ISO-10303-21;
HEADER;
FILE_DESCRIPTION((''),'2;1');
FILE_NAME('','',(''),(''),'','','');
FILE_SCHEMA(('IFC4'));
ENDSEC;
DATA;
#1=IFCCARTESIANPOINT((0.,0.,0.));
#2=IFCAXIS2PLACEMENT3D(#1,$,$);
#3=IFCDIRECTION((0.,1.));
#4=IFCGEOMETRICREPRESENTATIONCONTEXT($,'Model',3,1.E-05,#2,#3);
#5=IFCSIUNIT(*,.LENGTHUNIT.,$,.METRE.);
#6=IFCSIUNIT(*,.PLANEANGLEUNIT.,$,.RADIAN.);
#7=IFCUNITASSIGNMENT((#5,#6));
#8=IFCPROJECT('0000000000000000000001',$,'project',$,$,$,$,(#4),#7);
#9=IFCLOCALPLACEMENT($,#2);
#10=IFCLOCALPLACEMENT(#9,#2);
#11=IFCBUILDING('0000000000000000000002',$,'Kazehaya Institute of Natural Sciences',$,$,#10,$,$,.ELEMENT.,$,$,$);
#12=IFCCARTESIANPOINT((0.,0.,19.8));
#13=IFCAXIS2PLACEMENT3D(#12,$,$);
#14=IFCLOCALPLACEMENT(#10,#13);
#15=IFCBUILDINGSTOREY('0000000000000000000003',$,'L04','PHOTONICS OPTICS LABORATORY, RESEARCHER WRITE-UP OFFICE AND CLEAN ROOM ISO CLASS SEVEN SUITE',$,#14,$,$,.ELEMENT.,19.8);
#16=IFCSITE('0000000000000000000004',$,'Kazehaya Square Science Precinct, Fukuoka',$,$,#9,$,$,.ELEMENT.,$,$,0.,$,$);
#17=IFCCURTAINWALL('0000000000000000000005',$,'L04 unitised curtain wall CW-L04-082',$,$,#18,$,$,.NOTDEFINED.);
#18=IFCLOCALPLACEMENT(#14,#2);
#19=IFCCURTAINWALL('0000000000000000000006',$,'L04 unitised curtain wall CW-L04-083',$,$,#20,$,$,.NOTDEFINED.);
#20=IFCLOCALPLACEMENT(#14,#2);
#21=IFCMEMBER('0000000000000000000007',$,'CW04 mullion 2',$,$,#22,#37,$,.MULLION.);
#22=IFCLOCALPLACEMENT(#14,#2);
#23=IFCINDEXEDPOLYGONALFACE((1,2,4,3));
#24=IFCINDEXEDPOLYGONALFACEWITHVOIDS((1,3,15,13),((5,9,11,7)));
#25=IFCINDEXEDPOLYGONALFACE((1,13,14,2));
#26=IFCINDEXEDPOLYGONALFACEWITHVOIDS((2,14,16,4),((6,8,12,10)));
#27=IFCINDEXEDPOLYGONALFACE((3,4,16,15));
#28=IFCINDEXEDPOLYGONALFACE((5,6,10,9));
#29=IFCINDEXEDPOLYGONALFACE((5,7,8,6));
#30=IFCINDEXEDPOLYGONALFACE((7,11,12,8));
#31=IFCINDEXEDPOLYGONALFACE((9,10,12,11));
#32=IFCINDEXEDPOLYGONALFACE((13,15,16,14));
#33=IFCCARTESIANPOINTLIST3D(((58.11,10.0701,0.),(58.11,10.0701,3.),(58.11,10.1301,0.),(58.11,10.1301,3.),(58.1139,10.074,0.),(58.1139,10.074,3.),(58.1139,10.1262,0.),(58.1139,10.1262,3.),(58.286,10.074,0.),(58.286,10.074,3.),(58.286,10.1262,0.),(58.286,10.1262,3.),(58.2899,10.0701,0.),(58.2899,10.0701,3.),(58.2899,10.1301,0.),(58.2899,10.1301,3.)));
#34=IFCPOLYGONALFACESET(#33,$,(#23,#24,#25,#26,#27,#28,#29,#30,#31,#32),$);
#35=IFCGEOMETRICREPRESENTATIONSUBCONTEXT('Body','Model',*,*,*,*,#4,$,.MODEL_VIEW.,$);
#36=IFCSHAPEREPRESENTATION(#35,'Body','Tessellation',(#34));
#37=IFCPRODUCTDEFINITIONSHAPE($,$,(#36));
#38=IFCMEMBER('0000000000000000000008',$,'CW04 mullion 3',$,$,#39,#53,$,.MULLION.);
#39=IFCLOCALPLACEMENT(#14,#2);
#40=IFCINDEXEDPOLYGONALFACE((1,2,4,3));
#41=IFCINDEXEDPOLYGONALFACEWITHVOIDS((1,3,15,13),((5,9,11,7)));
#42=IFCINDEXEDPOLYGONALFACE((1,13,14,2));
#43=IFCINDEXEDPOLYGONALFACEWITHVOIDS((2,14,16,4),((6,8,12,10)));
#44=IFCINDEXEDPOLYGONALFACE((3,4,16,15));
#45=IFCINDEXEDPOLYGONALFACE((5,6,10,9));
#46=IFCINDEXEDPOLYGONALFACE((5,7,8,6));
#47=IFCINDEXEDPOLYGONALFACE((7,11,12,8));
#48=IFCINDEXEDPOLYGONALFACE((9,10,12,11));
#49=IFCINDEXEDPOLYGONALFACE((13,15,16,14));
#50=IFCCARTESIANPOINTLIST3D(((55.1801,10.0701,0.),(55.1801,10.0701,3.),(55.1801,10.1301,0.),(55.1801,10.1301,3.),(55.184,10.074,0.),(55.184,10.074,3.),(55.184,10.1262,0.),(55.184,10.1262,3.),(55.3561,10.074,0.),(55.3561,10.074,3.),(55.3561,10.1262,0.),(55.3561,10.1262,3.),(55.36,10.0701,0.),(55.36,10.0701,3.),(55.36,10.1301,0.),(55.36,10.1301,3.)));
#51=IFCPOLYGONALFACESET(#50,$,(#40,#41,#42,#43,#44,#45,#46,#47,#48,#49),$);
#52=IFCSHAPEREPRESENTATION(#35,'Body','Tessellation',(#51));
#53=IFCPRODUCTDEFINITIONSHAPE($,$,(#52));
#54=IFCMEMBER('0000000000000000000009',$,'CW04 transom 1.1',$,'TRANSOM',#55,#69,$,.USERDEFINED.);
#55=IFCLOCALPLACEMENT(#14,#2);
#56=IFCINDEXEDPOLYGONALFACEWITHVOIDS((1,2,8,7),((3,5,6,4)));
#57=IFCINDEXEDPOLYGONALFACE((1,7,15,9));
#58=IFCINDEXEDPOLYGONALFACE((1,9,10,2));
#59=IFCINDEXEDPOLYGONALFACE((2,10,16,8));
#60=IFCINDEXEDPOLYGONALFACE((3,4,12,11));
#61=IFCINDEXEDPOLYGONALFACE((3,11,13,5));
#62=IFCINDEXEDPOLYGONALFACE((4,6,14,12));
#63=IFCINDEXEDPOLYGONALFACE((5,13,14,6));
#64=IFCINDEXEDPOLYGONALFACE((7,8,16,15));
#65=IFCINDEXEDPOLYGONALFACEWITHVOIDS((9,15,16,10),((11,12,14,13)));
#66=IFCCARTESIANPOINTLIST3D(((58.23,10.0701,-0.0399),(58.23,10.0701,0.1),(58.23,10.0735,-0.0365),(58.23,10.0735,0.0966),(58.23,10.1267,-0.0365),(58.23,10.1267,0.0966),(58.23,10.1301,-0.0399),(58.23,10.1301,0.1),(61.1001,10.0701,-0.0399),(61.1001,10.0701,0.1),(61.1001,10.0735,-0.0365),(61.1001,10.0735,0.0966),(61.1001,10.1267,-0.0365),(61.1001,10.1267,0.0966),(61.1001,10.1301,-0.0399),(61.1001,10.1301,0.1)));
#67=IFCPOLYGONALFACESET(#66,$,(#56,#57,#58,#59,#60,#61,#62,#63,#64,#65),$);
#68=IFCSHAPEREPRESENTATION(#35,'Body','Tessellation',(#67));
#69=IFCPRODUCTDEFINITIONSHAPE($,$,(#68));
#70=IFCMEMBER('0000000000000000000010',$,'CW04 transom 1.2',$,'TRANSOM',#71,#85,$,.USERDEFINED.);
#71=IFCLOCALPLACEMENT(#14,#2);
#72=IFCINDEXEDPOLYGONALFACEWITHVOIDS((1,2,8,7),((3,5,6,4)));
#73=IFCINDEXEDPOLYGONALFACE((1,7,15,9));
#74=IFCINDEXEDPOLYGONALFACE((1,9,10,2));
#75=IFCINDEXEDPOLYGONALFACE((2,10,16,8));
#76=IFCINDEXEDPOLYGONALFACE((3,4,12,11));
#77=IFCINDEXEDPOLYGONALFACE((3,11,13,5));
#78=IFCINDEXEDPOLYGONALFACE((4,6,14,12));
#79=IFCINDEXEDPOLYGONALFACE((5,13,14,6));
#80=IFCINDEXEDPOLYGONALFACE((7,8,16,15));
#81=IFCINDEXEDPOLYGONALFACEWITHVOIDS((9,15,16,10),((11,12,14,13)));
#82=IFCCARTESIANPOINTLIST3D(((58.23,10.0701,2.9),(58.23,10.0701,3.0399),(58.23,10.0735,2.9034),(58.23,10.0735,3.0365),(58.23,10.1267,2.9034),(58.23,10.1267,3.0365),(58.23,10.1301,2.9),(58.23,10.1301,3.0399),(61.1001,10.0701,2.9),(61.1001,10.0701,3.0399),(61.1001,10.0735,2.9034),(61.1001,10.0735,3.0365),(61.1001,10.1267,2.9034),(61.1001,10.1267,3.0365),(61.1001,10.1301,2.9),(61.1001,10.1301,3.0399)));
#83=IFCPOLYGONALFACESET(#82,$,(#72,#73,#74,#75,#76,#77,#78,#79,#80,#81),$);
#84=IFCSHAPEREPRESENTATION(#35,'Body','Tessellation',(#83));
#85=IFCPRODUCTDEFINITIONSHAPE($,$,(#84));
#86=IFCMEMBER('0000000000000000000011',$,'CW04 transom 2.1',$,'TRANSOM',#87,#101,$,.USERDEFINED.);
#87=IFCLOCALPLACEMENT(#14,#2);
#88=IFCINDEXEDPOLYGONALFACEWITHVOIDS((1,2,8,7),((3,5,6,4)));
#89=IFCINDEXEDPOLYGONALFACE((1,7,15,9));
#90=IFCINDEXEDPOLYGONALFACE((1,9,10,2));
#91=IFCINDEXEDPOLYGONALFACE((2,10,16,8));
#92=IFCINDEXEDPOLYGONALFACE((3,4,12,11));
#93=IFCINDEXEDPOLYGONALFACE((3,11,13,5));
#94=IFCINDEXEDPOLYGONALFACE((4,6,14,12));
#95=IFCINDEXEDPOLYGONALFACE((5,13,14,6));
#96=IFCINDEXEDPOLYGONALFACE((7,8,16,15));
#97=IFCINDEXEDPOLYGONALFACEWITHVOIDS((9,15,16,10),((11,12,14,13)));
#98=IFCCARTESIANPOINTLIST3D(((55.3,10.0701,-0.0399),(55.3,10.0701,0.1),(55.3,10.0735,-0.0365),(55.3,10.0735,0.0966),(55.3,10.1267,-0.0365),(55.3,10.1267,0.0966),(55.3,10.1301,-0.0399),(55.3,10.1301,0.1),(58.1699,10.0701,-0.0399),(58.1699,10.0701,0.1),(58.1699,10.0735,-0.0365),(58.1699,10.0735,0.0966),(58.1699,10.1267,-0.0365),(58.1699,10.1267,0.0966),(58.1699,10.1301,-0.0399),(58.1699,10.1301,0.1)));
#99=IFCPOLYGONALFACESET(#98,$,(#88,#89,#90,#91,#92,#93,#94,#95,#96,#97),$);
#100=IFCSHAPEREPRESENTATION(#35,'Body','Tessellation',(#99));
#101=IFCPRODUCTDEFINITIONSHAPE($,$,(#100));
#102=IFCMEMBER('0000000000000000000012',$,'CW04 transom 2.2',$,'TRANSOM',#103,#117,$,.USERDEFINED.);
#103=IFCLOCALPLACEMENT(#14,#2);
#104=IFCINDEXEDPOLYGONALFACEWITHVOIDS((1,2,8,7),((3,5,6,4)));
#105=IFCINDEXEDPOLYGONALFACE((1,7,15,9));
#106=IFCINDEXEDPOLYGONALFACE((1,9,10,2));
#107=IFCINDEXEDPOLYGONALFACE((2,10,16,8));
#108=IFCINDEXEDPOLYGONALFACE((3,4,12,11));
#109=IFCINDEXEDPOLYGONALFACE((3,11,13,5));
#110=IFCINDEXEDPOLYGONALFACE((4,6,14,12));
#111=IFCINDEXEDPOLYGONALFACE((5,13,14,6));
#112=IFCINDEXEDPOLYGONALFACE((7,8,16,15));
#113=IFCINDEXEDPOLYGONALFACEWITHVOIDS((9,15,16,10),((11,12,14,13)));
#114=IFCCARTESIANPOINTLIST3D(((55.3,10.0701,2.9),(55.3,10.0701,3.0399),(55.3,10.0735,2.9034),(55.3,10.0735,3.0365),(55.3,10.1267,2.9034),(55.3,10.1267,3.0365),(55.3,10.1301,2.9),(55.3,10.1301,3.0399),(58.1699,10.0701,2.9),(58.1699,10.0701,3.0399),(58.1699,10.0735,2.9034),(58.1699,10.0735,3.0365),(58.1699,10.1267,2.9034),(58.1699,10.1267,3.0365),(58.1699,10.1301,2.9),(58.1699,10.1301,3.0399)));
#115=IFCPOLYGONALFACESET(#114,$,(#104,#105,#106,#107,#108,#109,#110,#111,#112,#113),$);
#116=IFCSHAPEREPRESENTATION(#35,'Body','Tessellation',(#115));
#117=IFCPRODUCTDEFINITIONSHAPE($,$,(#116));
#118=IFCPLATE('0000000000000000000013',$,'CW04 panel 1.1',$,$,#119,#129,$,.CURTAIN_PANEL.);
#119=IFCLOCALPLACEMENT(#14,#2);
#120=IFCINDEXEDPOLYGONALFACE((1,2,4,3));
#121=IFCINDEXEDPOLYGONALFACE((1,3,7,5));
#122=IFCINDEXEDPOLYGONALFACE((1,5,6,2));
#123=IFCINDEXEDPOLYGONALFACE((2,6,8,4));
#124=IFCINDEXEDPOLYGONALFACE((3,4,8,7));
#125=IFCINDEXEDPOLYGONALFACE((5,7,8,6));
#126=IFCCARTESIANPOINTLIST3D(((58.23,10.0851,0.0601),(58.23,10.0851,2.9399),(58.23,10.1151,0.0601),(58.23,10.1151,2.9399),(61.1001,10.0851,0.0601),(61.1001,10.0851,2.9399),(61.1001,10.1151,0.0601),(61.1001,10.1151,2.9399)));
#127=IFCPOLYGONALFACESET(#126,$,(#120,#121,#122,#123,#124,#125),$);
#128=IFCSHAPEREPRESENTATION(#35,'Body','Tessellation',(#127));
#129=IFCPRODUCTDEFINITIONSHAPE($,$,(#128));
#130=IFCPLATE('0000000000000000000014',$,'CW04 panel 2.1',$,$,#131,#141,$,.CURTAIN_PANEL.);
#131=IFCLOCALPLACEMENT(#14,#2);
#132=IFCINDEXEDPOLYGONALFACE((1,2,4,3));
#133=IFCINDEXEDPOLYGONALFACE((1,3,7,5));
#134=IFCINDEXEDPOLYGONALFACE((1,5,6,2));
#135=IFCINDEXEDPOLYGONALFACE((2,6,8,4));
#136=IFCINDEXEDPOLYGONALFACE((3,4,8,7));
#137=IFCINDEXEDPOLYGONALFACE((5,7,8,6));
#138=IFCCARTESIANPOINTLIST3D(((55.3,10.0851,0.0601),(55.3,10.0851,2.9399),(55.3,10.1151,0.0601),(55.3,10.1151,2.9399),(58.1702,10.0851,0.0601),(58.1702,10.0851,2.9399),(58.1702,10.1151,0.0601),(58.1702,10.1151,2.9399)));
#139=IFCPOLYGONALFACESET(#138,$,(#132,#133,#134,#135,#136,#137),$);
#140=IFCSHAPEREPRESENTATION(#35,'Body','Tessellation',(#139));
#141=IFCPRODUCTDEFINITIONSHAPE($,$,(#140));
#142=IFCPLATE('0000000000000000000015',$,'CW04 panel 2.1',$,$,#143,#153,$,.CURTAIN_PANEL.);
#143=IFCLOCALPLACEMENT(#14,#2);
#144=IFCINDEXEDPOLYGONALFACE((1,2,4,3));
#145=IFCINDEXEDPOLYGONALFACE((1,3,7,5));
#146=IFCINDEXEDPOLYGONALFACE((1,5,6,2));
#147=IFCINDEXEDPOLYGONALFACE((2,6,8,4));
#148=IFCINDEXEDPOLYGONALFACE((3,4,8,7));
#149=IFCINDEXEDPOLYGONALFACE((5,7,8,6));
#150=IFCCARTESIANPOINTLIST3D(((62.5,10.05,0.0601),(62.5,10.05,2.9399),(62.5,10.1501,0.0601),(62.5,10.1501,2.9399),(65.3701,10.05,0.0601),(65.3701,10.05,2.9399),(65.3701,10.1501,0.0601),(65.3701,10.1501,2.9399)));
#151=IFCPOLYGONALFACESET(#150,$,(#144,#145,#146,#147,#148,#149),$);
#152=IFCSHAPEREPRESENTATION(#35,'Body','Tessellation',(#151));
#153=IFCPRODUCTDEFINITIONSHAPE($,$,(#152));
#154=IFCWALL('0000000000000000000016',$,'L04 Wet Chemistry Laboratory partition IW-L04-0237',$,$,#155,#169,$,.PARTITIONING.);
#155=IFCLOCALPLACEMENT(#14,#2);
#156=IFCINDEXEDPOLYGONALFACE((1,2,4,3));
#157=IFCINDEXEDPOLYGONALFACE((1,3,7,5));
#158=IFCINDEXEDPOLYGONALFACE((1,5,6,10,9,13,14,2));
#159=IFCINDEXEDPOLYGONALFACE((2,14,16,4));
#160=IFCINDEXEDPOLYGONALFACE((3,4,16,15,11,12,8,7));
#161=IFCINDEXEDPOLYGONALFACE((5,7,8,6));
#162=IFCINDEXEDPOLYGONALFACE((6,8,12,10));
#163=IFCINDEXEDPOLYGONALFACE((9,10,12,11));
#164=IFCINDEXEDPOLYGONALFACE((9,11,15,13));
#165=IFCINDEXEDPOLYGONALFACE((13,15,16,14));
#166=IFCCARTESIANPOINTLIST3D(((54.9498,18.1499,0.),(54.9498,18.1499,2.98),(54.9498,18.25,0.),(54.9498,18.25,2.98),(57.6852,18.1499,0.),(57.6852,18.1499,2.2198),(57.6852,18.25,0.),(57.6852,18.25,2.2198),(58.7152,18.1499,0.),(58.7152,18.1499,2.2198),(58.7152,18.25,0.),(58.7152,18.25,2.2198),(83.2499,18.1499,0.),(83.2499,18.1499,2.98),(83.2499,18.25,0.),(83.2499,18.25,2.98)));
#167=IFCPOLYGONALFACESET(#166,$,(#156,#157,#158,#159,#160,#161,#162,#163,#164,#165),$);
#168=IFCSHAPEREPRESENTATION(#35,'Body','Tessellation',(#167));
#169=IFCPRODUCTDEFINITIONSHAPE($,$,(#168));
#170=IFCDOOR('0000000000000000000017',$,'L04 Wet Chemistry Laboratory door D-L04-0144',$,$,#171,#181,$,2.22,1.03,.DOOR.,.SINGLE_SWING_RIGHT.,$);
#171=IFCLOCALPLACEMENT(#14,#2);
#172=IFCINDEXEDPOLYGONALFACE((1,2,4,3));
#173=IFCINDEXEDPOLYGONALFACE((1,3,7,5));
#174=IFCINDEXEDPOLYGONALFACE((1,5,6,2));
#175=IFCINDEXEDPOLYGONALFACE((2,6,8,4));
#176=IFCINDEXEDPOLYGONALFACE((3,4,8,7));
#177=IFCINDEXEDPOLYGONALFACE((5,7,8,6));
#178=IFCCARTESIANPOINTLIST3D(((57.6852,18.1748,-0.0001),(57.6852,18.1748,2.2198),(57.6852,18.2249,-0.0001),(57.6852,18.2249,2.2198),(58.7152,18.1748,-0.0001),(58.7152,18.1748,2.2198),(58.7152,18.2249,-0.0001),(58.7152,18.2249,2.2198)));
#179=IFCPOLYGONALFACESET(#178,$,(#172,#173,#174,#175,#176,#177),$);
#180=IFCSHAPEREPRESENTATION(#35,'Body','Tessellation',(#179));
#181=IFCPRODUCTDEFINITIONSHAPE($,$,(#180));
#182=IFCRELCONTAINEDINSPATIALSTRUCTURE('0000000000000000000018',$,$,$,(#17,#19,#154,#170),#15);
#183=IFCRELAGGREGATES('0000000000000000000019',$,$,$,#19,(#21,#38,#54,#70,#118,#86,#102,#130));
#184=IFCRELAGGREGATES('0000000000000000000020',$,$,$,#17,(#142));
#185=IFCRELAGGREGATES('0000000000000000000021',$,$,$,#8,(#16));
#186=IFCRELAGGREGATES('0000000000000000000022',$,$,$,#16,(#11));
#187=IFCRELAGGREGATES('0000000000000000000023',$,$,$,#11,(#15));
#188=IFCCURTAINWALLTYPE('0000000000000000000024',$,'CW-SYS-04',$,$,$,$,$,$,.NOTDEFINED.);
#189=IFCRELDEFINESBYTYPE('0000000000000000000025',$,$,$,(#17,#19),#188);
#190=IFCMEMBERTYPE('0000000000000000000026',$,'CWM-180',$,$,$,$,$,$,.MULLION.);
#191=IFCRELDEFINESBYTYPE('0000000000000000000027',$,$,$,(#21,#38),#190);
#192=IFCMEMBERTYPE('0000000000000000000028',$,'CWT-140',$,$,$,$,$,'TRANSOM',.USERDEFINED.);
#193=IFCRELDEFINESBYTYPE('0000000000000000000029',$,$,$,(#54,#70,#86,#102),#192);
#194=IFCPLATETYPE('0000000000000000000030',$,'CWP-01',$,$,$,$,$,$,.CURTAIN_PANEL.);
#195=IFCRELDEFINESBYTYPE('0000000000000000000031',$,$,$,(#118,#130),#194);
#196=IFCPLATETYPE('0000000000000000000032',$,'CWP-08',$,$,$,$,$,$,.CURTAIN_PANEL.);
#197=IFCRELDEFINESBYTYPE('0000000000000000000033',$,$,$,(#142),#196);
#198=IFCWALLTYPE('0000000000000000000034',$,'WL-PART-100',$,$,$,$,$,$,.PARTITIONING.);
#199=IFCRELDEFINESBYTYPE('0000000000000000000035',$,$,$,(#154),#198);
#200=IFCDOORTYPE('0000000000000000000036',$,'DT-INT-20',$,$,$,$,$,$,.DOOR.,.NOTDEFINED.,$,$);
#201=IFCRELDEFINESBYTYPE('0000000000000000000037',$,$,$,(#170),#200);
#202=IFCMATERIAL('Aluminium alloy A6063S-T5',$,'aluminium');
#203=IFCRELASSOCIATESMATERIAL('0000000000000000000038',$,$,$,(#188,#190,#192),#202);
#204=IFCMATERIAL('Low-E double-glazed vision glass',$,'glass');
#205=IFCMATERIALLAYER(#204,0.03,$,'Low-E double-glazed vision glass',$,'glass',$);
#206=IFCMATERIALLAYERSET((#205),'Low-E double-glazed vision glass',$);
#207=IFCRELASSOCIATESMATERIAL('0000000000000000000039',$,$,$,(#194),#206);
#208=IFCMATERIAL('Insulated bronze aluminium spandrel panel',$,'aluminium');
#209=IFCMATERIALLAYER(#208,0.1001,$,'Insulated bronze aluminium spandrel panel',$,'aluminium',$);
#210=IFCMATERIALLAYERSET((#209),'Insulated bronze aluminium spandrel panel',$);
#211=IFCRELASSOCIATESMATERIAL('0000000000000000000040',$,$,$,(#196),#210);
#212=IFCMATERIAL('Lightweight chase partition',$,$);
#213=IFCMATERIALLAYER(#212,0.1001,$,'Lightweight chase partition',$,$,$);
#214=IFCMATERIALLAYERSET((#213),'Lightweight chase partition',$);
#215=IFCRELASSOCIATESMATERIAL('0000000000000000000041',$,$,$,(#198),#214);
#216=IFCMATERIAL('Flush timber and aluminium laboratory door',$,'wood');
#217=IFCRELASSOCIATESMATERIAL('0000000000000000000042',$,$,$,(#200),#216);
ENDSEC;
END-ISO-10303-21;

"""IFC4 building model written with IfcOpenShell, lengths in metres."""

from ifc_helpers import new_model, si_unit, direction, frame, frame_2d, origin, origin_2d, place, context, subcontext, project, spatial, rectangle, hollow_rectangle, extrude, material, layer, layer_set, material_profile, profile_set, type_object, element, fill, aggregate, save


model = new_model("IFC4")

# Units and contexts
model_context = context("Model", 3, precision=1e-05, world=origin(), true_north=direction((0.0, 1.0)))
body_context = subcontext(model_context, "Body", "Model", "MODEL_VIEW")
ifc_project = project(units=[si_unit("LENGTHUNIT", "METRE"), si_unit("PLANEANGLEUNIT", "RADIAN")], contexts=[model_context])

# Site, building, storey
site_placement = place(None, origin())
site = spatial("IfcSite", under=ifc_project, at=site_placement, Name="Kazehaya Square Science Precinct, Fukuoka", CompositionType="ELEMENT", RefElevation=0.0)
building_placement = place(site_placement, origin())
building = spatial("IfcBuilding", under=site, at=building_placement, Name="Kazehaya Institute of Natural Sciences", CompositionType="ELEMENT")
storey_placement = place(building_placement, frame((0.0, 0.0, 19.8)))
storey = spatial("IfcBuildingStorey", under=building, at=storey_placement, Name="L04", Description="PHOTONICS OPTICS LABORATORY, RESEARCHER WRITE-UP OFFICE AND CLEAN ROOM ISO CLASS SEVEN SUITE", CompositionType="ELEMENT", Elevation=19.8)

# Curtain wall
ifc_material_1 = material(Name="Aluminium alloy A6063S-T5", Category="aluminium")
curtain_wall_type = type_object("IfcCurtainWallType", Name="CW-SYS-04", PredefinedType="NOTDEFINED", material=ifc_material_1)
curtain_wall_1_placement = place(storey_placement, origin())
curtain_wall_1 = element("IfcCurtainWall", 1, at=curtain_wall_1_placement, inside=storey, type_object=curtain_wall_type, Name="L04 unitised curtain wall CW-L04-082", PredefinedType="NOTDEFINED")
ifc_material_profile_1 = material_profile(ifc_material_1, hollow_rectangle(XDim=0.0601, YDim=0.1799, WallThickness=0.0039, at=origin_2d()), Name="ALU-60x180x4")
ifc_profile_set_1 = profile_set([ifc_material_profile_1], Name="Aluminium alloy A6063S-T5")
member_type_1 = type_object("IfcMemberType", Name="CWM-180", PredefinedType="MULLION", material=ifc_profile_set_1)

# Curtain wall, members, plates
curtain_wall_2_placement = place(storey_placement, origin())
curtain_wall_2 = element("IfcCurtainWall", 2, at=curtain_wall_2_placement, inside=storey, type_object=curtain_wall_type, Name="L04 unitised curtain wall CW-L04-083", PredefinedType="NOTDEFINED")
member_1_placement = place(storey_placement, frame((58.2, 10.1001, 0.0), z_axis=(0.0, 0.0, 1.0), x_axis=(0.0, -1.0, 0.0)))
member_1 = element("IfcMember", 3, at=member_1_placement, type_object=member_type_1, Name="CW04 mullion 2", PredefinedType="MULLION", context=body_context, shape_type="SweptSolid", body=[
    extrude(hollow_rectangle(XDim=0.0601, YDim=0.1799, WallThickness=0.0039, at=origin_2d()), origin(), (0.0, 0.0, 1.0), 3.0),
])
member_2_placement = place(storey_placement, frame((55.27, 10.1001, 0.0), z_axis=(0.0, 0.0, 1.0), x_axis=(0.0, -1.0, 0.0)))
member_2 = element("IfcMember", 4, at=member_2_placement, type_object=member_type_1, Name="CW04 mullion 3", PredefinedType="MULLION", context=body_context, shape_type="SweptSolid", body=[
    extrude(hollow_rectangle(XDim=0.0601, YDim=0.1799, WallThickness=0.0039, at=origin_2d()), origin(), (0.0, 0.0, 1.0), 3.0),
])
ifc_material_profile_2 = material_profile(ifc_material_1, hollow_rectangle(XDim=0.0601, YDim=0.1399, WallThickness=0.0034, at=origin_2d()), Name="ALU-60x140x3.5")
ifc_profile_set_2 = profile_set([ifc_material_profile_2], Name="Aluminium alloy A6063S-T5")
member_type_2 = type_object("IfcMemberType", Name="CWT-140", ElementType="TRANSOM", PredefinedType="USERDEFINED", material=ifc_profile_set_2)
member_3_placement = place(storey_placement, frame((61.1001, 10.1001, 0.03), z_axis=(-1.0, 0.0, 0.0), x_axis=(0.0, -1.0, 0.0)))
member_3 = element("IfcMember", 5, at=member_3_placement, type_object=member_type_2, Name="CW04 transom 1.1", ObjectType="TRANSOM", PredefinedType="USERDEFINED", context=body_context, shape_type="SweptSolid", body=[
    extrude(hollow_rectangle(XDim=0.0601, YDim=0.1399, WallThickness=0.0034, at=origin_2d()), origin(), (0.0, 0.0, 1.0), 2.8701),
])
member_4_placement = place(storey_placement, frame((61.1001, 10.1001, 2.97), z_axis=(-1.0, 0.0, 0.0), x_axis=(0.0, -1.0, 0.0)))
member_4 = element("IfcMember", 6, at=member_4_placement, type_object=member_type_2, Name="CW04 transom 1.2", ObjectType="TRANSOM", PredefinedType="USERDEFINED", context=body_context, shape_type="SweptSolid", body=[
    extrude(hollow_rectangle(XDim=0.0601, YDim=0.1399, WallThickness=0.0034, at=origin_2d()), origin(), (0.0, 0.0, 1.0), 2.8701),
])
member_5_placement = place(storey_placement, frame((58.1699, 10.1001, 0.03), z_axis=(-1.0, 0.0, 0.0), x_axis=(0.0, -1.0, 0.0)))
member_5 = element("IfcMember", 7, at=member_5_placement, type_object=member_type_2, Name="CW04 transom 2.1", ObjectType="TRANSOM", PredefinedType="USERDEFINED", context=body_context, shape_type="SweptSolid", body=[
    extrude(hollow_rectangle(XDim=0.0601, YDim=0.1399, WallThickness=0.0034, at=origin_2d()), origin(), (0.0, 0.0, 1.0), 2.8699),
])
member_6_placement = place(storey_placement, frame((58.1699, 10.1001, 2.97), z_axis=(-1.0, 0.0, 0.0), x_axis=(0.0, -1.0, 0.0)))
member_6 = element("IfcMember", 8, at=member_6_placement, type_object=member_type_2, Name="CW04 transom 2.2", ObjectType="TRANSOM", PredefinedType="USERDEFINED", context=body_context, shape_type="SweptSolid", body=[
    extrude(hollow_rectangle(XDim=0.0601, YDim=0.1399, WallThickness=0.0034, at=origin_2d()), origin(), (0.0, 0.0, 1.0), 2.8699),
])
ifc_material_2 = material(Name="Low-E double-glazed vision glass", Category="glass")
ifc_layer_1 = layer(ifc_material_2, 0.03, Name="Low-E double-glazed vision glass", Category="glass")
ifc_layer_set_1 = layer_set([ifc_layer_1], Name="Low-E double-glazed vision glass")
plate_type_1 = type_object("IfcPlateType", Name="CWP-01", PredefinedType="CURTAIN_PANEL", material=ifc_layer_set_1)
plate_1_placement = place(storey_placement, frame((59.665, 10.1001, 0.0601), z_axis=(0.0, 0.0, 1.0), x_axis=(-1.0, 0.0, 0.0)))
plate_1 = element("IfcPlate", 9, at=plate_1_placement, type_object=plate_type_1, Name="CW04 panel 1.1", PredefinedType="CURTAIN_PANEL", context=body_context, shape_type="SweptSolid", body=[
    extrude(rectangle(XDim=2.8701, YDim=0.03, at=origin_2d()), origin(), (0.0, 0.0, 1.0), 2.8799),
])
plate_2_placement = place(storey_placement, frame((56.7351, 10.1001, 0.0601), z_axis=(0.0, 0.0, 1.0), x_axis=(-1.0, 0.0, 0.0)))
plate_2 = element("IfcPlate", 10, at=plate_2_placement, type_object=plate_type_1, Name="CW04 panel 2.1", PredefinedType="CURTAIN_PANEL", context=body_context, shape_type="SweptSolid", body=[
    extrude(rectangle(XDim=2.8701, YDim=0.03, at=origin_2d()), origin(), (0.0, 0.0, 1.0), 2.8799),
])
aggregate(curtain_wall_2, [member_1, member_2, member_3, member_4, plate_1, member_5, member_6, plate_2])

# Plate
ifc_material_3 = material(Name="Insulated bronze aluminium spandrel panel", Category="aluminium")
ifc_layer_2 = layer(ifc_material_3, 0.1001, Name="Insulated bronze aluminium spandrel panel", Category="aluminium")
ifc_layer_set_2 = layer_set([ifc_layer_2], Name="Insulated bronze aluminium spandrel panel")
plate_type_2 = type_object("IfcPlateType", Name="CWP-08", PredefinedType="CURTAIN_PANEL", material=ifc_layer_set_2)
plate_3_placement = place(storey_placement, frame((63.9351, 10.1001, 0.0601), z_axis=(0.0, 0.0, 1.0), x_axis=(-1.0, 0.0, 0.0)))
plate_3 = element("IfcPlate", 11, at=plate_3_placement, type_object=plate_type_2, Name="CW04 panel 2.1", PredefinedType="CURTAIN_PANEL", context=body_context, shape_type="SweptSolid", body=[
    extrude(rectangle(XDim=2.8701, YDim=0.1001, at=origin_2d()), origin(), (0.0, 0.0, 1.0), 2.8799),
])
aggregate(curtain_wall_1, [plate_3])

# Wall, opening, door
ifc_material_4 = material(Name="Lightweight chase partition")
ifc_layer_3 = layer(ifc_material_4, 0.1001, Name="Lightweight chase partition")
ifc_layer_set_3 = layer_set([ifc_layer_3], Name="Lightweight chase partition")
wall_type = type_object("IfcWallType", Name="WL-PART-100", PredefinedType="PARTITIONING", material=ifc_layer_set_3)
wall_placement = place(storey_placement, frame((54.95, 18.2, 0.0), z_axis=(0.0, 0.0, 1.0), x_axis=(1.0, 0.0, 0.0)))
wall = element("IfcWall", 12, at=wall_placement, inside=storey, type_object=wall_type, Name="L04 Wet Chemistry Laboratory partition IW-L04-0237", PredefinedType="PARTITIONING", context=body_context, shape_type="SweptSolid", body=[
    extrude(rectangle(XDim=28.3, YDim=0.1001, at=frame_2d((14.1499, 0.0))), origin(), (0.0, 0.0, 1.0), 2.98),
])
opening_placement = place(wall_placement, frame((2.7351, 0.0, 0.0)))
opening = element("IfcOpeningElement", 13, at=opening_placement, cuts=wall, PredefinedType="OPENING", context=body_context, shape_type="SweptSolid", body=[
    extrude(rectangle(XDim=1.03, YDim=2.22, at=frame_2d((0.5151, 1.1099))), frame((0.0, 0.0601, 0.0), z_axis=(0.0, -1.0, 0.0), x_axis=(1.0, 0.0, 0.0)), (0.0, 0.0, 1.0), 0.1201),
])
ifc_material_5 = material(Name="Flush timber and aluminium laboratory door", Category="wood")
door_type = type_object("IfcDoorType", Name="DT-INT-20", OperationType="NOTDEFINED", PredefinedType="DOOR", material=ifc_material_5)
door_placement = place(opening_placement, origin())
door = element("IfcDoor", 14, at=door_placement, inside=storey, type_object=door_type, Name="L04 Wet Chemistry Laboratory door D-L04-0144", OperationType="SINGLE_SWING_RIGHT", OverallHeight=2.22, OverallWidth=1.03, PredefinedType="DOOR", context=body_context, shape_type="SweptSolid", body=[
    extrude(rectangle(XDim=1.03, YDim=2.22, at=frame_2d((0.5151, 1.1099))), frame((0.0, 0.0249, 0.0), z_axis=(0.0, -1.0, 0.0), x_axis=(1.0, 0.0, 0.0)), (0.0, 0.0, 1.0), 0.05),
])
fill(opening, door)

save(model, "model.ifc")
